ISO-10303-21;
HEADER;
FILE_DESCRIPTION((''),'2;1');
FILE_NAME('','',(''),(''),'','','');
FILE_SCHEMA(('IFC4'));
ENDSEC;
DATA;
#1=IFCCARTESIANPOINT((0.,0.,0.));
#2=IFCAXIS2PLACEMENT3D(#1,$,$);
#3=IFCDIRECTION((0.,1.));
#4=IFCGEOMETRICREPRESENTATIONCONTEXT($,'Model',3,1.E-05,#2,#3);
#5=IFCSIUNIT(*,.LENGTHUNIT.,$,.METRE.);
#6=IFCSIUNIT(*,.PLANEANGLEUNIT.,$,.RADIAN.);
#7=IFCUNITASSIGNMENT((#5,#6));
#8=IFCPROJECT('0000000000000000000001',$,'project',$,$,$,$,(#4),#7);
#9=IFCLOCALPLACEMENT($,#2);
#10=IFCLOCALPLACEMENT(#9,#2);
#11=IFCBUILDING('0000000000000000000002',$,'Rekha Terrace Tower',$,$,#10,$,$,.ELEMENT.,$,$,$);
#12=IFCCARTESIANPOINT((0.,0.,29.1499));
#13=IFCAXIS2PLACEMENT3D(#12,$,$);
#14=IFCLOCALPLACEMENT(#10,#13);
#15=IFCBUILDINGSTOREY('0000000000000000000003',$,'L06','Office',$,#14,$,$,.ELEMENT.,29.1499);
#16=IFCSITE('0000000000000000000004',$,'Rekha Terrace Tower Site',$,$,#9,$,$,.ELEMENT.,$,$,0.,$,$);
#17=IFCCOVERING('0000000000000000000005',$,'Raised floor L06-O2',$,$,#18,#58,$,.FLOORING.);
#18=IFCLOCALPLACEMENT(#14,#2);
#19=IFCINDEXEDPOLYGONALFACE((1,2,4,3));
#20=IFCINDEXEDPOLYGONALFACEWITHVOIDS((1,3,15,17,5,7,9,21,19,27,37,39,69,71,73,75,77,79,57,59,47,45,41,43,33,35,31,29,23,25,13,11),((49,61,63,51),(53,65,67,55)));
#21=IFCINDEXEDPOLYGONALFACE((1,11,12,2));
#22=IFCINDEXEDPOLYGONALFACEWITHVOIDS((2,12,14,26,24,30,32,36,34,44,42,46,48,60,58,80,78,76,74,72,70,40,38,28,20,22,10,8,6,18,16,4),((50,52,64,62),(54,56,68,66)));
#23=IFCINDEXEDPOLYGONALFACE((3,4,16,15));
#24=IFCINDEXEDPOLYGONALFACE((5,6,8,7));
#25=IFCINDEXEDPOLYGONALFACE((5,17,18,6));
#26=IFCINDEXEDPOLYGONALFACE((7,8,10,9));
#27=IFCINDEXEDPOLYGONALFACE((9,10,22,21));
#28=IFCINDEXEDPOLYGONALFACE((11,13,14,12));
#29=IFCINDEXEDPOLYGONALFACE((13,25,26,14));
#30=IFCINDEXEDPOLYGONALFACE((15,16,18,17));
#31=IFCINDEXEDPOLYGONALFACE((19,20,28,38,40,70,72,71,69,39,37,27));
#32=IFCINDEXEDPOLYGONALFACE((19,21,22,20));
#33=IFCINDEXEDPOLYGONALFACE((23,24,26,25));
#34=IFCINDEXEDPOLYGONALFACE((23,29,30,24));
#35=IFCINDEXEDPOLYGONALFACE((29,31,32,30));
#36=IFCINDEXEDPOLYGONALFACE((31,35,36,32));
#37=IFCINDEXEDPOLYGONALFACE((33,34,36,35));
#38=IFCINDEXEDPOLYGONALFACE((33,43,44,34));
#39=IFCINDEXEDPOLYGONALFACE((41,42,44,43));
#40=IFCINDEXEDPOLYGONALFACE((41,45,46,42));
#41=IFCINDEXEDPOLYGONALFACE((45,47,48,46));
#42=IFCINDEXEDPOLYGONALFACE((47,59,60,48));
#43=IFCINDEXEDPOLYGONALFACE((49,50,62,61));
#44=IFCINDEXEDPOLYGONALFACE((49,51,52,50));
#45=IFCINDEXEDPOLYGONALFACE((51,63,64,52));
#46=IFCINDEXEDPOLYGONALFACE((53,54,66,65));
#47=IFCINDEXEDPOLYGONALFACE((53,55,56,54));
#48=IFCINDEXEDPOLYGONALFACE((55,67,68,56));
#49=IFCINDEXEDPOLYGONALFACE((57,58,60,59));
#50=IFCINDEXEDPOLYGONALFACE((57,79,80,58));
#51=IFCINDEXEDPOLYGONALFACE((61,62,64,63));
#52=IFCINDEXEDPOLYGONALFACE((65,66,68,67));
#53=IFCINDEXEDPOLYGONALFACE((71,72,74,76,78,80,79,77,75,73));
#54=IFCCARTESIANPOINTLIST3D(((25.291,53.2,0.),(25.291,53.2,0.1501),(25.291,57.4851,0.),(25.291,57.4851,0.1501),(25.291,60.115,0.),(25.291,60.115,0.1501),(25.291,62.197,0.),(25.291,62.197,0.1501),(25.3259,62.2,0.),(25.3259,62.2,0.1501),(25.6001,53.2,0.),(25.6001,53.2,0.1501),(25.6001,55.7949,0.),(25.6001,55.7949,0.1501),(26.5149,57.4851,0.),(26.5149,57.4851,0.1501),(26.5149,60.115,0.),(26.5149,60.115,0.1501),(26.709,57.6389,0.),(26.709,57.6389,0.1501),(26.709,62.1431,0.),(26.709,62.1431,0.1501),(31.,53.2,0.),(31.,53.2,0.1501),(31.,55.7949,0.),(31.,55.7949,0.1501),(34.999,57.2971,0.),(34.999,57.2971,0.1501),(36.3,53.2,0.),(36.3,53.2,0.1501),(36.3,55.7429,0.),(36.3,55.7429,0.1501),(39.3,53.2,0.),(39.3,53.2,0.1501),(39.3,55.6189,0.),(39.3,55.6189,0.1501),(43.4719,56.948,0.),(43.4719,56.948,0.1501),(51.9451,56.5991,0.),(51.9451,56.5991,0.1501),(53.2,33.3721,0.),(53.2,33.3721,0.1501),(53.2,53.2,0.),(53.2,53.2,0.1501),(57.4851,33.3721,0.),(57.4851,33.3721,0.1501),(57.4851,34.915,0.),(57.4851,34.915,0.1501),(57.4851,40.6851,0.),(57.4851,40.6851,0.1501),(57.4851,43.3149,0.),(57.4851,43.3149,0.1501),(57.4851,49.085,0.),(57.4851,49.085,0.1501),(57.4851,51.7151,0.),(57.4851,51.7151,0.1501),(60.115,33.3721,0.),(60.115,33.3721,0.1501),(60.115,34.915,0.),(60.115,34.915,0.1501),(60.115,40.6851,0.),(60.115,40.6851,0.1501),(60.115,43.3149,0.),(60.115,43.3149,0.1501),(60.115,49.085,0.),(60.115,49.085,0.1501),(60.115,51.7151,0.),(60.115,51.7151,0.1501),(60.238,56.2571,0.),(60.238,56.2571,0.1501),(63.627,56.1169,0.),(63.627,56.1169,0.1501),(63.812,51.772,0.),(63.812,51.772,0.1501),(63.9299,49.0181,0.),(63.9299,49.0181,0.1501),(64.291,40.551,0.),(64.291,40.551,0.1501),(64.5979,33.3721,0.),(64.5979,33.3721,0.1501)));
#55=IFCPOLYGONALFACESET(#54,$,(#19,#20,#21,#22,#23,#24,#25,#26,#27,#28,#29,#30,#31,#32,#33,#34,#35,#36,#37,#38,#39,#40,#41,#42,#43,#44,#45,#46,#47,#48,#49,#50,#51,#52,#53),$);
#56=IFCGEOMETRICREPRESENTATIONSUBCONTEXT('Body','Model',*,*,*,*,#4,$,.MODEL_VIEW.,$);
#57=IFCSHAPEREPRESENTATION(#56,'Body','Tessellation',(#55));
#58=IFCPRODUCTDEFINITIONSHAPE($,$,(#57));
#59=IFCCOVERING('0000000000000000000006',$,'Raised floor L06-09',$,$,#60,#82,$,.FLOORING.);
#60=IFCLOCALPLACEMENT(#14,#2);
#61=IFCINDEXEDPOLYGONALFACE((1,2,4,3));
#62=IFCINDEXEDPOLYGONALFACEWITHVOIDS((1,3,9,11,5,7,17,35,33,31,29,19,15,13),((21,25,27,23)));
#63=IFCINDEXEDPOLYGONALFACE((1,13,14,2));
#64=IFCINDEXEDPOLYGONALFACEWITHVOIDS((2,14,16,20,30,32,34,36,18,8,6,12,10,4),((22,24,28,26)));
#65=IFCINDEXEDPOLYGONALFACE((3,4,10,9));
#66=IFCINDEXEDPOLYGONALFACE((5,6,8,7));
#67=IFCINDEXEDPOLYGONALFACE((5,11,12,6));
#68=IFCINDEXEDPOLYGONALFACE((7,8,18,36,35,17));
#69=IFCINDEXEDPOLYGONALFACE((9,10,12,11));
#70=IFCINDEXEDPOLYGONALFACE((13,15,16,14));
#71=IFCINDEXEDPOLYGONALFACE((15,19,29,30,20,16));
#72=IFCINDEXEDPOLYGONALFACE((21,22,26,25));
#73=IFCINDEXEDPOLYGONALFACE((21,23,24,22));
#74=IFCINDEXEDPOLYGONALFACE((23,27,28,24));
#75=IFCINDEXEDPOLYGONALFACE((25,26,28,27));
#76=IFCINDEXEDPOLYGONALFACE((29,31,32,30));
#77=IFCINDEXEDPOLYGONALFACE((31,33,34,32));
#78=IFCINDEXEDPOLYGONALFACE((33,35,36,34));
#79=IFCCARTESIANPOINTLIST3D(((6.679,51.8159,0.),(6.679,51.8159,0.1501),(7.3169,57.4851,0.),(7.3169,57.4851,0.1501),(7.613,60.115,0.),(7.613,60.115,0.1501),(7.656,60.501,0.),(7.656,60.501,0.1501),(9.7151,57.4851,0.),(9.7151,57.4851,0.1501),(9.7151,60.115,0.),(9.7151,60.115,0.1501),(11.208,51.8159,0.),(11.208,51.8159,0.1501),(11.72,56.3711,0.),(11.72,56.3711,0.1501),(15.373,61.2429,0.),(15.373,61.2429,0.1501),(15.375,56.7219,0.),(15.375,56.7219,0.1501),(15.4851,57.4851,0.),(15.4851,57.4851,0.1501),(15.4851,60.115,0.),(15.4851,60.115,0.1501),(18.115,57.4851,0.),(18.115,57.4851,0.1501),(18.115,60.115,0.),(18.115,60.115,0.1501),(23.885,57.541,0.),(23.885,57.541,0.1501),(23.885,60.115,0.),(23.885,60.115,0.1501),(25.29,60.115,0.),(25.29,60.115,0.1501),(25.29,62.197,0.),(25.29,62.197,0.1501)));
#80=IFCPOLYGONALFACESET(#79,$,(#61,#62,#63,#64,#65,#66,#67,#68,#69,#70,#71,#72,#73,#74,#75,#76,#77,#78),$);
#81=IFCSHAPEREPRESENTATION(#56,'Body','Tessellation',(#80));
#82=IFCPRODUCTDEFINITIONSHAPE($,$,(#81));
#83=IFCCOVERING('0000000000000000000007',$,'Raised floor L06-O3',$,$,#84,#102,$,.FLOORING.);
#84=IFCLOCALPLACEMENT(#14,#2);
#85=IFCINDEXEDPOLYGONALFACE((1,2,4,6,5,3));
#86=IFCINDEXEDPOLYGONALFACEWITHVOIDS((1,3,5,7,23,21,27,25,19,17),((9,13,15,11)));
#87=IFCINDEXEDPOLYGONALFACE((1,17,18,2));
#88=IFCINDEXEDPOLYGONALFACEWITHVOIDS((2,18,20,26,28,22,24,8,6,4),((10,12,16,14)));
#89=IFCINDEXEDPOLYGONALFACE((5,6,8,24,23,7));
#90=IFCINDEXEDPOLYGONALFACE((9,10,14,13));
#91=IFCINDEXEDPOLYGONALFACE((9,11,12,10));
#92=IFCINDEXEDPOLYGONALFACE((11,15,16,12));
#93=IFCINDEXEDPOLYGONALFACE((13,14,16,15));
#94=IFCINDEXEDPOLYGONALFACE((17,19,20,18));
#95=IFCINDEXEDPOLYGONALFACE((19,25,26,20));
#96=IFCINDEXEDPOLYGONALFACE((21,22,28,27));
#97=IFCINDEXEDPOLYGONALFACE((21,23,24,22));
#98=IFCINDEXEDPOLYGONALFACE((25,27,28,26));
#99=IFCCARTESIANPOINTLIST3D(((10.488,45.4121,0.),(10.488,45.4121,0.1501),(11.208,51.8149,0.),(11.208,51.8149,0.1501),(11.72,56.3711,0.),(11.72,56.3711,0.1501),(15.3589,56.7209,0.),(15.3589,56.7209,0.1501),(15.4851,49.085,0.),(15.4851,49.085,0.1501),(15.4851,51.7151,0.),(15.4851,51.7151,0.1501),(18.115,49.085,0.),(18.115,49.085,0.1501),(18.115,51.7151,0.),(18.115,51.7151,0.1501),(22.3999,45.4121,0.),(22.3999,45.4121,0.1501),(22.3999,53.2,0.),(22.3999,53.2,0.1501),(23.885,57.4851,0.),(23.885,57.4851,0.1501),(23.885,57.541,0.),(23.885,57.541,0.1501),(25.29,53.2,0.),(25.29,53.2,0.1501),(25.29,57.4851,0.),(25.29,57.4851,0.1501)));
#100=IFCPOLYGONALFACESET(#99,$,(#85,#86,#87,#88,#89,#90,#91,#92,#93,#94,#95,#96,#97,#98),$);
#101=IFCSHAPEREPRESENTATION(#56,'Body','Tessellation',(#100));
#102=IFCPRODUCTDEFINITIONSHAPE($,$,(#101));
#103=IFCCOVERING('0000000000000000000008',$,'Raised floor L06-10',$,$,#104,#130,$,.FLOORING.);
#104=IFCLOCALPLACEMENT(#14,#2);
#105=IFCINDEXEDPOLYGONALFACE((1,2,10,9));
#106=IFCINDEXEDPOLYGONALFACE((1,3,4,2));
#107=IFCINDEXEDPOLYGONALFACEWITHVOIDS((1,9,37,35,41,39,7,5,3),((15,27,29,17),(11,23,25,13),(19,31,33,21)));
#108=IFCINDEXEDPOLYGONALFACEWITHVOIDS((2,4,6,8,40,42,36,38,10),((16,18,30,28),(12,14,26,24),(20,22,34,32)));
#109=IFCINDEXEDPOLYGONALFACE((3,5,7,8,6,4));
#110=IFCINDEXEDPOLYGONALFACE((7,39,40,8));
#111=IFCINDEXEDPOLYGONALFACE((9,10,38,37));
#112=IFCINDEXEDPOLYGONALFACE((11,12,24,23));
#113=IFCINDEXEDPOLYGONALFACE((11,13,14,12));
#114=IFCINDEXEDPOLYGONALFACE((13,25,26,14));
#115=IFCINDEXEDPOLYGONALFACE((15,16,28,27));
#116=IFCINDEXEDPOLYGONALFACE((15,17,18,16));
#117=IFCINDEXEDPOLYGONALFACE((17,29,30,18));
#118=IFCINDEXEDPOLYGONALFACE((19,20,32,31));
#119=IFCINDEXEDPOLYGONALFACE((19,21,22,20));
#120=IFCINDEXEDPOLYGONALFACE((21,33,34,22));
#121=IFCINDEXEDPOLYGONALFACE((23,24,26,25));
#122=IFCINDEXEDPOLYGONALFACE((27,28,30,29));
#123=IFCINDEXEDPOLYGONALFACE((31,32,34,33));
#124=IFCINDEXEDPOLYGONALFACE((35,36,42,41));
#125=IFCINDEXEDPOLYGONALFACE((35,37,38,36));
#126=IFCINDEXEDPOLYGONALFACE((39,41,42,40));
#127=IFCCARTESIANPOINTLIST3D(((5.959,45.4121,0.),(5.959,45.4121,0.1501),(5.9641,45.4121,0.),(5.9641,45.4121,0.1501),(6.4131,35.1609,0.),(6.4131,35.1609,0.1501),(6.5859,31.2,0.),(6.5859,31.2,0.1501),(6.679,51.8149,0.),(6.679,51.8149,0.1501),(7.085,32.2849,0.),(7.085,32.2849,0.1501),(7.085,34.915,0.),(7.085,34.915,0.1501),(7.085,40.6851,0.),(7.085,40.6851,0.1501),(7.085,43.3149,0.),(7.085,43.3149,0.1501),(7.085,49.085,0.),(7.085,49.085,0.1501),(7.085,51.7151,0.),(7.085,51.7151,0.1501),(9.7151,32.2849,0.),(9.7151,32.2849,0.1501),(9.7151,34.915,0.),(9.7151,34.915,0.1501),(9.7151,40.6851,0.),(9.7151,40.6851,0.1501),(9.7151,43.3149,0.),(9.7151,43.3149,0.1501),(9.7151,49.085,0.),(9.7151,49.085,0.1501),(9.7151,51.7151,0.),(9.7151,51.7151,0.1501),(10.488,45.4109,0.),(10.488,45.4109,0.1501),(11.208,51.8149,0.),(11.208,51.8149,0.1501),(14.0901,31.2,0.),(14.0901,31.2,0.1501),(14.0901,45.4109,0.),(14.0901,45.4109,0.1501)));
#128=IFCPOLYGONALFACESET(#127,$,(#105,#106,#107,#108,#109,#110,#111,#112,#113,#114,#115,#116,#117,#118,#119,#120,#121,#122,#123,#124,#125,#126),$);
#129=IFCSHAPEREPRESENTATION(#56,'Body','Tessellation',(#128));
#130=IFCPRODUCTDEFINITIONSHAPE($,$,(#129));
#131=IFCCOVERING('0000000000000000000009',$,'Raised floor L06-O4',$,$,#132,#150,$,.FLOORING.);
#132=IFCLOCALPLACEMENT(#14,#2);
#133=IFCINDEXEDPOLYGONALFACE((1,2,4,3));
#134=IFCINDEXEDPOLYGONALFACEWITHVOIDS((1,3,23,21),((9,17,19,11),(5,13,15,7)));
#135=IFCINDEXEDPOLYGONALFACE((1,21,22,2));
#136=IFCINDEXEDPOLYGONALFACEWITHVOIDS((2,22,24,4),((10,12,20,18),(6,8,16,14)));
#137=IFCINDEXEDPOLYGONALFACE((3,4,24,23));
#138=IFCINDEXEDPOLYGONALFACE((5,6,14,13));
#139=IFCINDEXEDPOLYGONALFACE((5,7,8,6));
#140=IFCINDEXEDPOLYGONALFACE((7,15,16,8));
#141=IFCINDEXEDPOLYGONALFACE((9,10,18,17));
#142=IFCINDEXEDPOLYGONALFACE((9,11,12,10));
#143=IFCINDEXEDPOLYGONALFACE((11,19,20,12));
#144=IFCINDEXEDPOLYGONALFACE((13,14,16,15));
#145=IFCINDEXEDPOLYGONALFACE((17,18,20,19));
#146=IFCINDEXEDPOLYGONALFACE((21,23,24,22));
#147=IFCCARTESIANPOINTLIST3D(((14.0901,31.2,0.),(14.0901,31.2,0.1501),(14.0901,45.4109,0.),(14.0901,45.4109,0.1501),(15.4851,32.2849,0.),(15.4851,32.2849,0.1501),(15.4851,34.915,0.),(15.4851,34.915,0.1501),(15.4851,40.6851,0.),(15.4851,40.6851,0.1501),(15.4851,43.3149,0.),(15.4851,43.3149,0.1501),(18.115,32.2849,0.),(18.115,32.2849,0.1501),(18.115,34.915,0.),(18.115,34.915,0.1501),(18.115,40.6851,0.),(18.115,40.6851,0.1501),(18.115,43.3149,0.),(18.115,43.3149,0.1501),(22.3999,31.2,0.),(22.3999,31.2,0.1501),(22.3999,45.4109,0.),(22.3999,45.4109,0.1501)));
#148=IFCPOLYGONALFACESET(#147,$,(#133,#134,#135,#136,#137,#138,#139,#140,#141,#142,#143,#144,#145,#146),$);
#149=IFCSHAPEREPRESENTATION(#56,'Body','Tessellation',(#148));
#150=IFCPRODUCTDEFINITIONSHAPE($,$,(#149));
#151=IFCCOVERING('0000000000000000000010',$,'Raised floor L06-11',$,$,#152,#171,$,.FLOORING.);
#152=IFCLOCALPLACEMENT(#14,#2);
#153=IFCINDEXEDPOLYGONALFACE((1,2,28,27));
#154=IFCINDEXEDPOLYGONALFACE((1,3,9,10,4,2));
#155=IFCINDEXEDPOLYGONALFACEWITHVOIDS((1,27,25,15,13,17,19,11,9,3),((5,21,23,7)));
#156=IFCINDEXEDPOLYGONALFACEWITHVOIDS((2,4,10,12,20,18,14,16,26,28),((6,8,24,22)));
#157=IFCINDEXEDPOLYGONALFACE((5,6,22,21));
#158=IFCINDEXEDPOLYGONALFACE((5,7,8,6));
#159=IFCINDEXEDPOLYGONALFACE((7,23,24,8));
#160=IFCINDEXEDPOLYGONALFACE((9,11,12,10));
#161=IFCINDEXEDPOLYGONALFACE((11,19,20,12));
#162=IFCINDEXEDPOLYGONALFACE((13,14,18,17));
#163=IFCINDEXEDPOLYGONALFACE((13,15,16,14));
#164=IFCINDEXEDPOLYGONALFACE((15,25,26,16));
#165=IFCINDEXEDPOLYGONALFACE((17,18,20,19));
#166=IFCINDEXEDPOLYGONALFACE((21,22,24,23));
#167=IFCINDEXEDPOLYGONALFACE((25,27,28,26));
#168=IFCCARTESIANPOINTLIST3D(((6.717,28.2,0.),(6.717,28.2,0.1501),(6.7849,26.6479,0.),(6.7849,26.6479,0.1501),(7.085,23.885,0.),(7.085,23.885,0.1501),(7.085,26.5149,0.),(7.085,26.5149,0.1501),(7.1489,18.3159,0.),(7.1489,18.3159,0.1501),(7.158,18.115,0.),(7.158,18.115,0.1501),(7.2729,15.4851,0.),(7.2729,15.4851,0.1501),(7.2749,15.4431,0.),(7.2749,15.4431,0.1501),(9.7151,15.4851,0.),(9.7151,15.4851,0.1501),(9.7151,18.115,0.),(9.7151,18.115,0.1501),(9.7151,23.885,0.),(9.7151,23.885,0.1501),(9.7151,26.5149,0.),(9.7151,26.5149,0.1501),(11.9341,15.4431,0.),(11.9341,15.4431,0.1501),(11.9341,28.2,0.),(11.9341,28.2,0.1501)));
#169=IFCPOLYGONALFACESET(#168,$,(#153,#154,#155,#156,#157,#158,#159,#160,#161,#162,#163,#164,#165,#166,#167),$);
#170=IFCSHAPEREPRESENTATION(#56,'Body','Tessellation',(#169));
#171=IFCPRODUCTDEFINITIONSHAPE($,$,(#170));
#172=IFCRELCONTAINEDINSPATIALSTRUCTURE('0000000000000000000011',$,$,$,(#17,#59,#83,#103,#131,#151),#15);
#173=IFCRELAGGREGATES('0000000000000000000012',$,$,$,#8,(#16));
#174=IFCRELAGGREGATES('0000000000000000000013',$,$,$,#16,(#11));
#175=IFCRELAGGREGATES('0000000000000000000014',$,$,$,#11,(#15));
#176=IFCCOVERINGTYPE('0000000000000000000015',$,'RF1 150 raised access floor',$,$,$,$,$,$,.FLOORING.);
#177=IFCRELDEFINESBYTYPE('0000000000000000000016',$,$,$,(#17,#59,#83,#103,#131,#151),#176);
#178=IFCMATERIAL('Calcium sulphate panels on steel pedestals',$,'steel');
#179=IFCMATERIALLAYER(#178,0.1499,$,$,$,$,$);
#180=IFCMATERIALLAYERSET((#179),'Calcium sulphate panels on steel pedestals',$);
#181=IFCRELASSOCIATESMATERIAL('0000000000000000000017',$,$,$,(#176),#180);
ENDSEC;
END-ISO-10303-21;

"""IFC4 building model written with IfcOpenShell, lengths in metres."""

from ifc_helpers import new_model, si_unit, direction, frame, origin, place, context, subcontext, project, spatial, polyline, outline, extrude, material, layer, layer_set, type_object, element, save


model = new_model("IFC4")

# Units and contexts
model_context = context("Model", 3, precision=1e-05, world=origin(), true_north=direction((0.0, 1.0)))
body_context = subcontext(model_context, "Body", "Model", "MODEL_VIEW")
ifc_project = project(units=[si_unit("LENGTHUNIT", "METRE"), si_unit("PLANEANGLEUNIT", "RADIAN")], contexts=[model_context])

# Site, building, storey
site_placement = place(None, origin())
site = spatial("IfcSite", under=ifc_project, at=site_placement, Name="Rekha Terrace Tower Site", CompositionType="ELEMENT", RefElevation=0.0)
building_placement = place(site_placement, origin())
building = spatial("IfcBuilding", under=site, at=building_placement, Name="Rekha Terrace Tower", CompositionType="ELEMENT")
storey_placement = place(building_placement, frame((0.0, 0.0, 29.1499)))
storey = spatial("IfcBuildingStorey", under=building, at=storey_placement, Name="L06", Description="Office", CompositionType="ELEMENT", Elevation=29.1499)

# Coverings
ifc_material_1 = material(Name="Calcium sulphate panels on steel pedestals", Category="steel")
ifc_layer_1 = layer(ifc_material_1, 0.1499)
ifc_layer_set_1 = layer_set([ifc_layer_1], Name="Calcium sulphate panels on steel pedestals")
covering_type_1 = type_object("IfcCoveringType", Name="RF1 150 raised access floor", PredefinedType="FLOORING", material=ifc_layer_set_1)
covering_1_placement = place(storey_placement, origin())
element("IfcCovering", 1, at=covering_1_placement, inside=storey, type_object=covering_type_1, Name="Raised floor L06-O2", PredefinedType="FLOORING", context=body_context, shape_type="SweptSolid", body=[
    extrude(outline(polyline([(43.4719, 56.948), (34.999, 57.2971), (26.709, 57.6389), (26.709, 62.1431), (25.3259, 62.2), (25.291, 62.197), (25.291, 60.115), (26.5149, 60.115), (26.5149, 57.4851), (25.291, 57.4851), (25.291, 53.2), (25.6001, 53.2), (25.6001, 55.7949), (31.0, 55.7949), (31.0, 53.2), (36.3, 53.2), (36.3, 55.7429), (39.3, 55.6189), (39.3, 53.2), (53.2, 53.2), (53.2, 33.3721), (57.4851, 33.3721), (57.4851, 34.915), (60.115, 34.915), (60.115, 33.3721), (64.5979, 33.3721), (64.291, 40.551), (63.9299, 49.0181), (63.812, 51.772), (63.627, 56.1169), (60.238, 56.2571), (51.9451, 56.5991), (43.4719, 56.948)]), holes=[polyline([(60.115, 40.6851), (57.4851, 40.6851), (57.4851, 43.3149), (60.115, 43.3149), (60.115, 40.6851)]), polyline([(60.115, 49.085), (57.4851, 49.085), (57.4851, 51.7151), (60.115, 51.7151), (60.115, 49.085)])]), origin(), (0.0, 0.0, 1.0), 0.1501),
])
covering_2_placement = place(storey_placement, origin())
element("IfcCovering", 2, at=covering_2_placement, inside=storey, type_object=covering_type_1, Name="Raised floor L06-09", PredefinedType="FLOORING", context=body_context, shape_type="SweptSolid", body=[
    extrude(outline(polyline([(7.3169, 57.4851), (6.679, 51.8159), (11.208, 51.8159), (11.72, 56.3711), (15.375, 56.7219), (23.885, 57.541), (23.885, 60.115), (25.29, 60.115), (25.29, 62.197), (15.373, 61.2429), (7.656, 60.501), (7.613, 60.115), (9.7151, 60.115), (9.7151, 57.4851), (7.3169, 57.4851)]), holes=[polyline([(18.115, 57.4851), (15.4851, 57.4851), (15.4851, 60.115), (18.115, 60.115), (18.115, 57.4851)])]), origin(), (0.0, 0.0, 1.0), 0.1501),
])
covering_3_placement = place(storey_placement, origin())
element("IfcCovering", 3, at=covering_3_placement, inside=storey, type_object=covering_type_1, Name="Raised floor L06-O3", PredefinedType="FLOORING", context=body_context, shape_type="SweptSolid", body=[
    extrude(outline(polyline([(11.72, 56.3711), (11.208, 51.8149), (10.488, 45.4121), (22.3999, 45.4121), (22.3999, 53.2), (25.29, 53.2), (25.29, 57.4851), (23.885, 57.4851), (23.885, 57.541), (15.3589, 56.7209), (11.72, 56.3711)]), holes=[polyline([(18.115, 49.085), (15.4851, 49.085), (15.4851, 51.7151), (18.115, 51.7151), (18.115, 49.085)])]), origin(), (0.0, 0.0, 1.0), 0.1501),
])
covering_4_placement = place(storey_placement, origin())
element("IfcCovering", 4, at=covering_4_placement, inside=storey, type_object=covering_type_1, Name="Raised floor L06-10", PredefinedType="FLOORING", context=body_context, shape_type="SweptSolid", body=[
    extrude(outline(polyline([(6.679, 51.8149), (5.959, 45.4121), (5.9641, 45.4121), (6.4131, 35.1609), (6.5859, 31.2), (14.0901, 31.2), (14.0901, 45.4109), (10.488, 45.4109), (11.208, 51.8149), (6.679, 51.8149)]), holes=[polyline([(9.7151, 32.2849), (7.085, 32.2849), (7.085, 34.915), (9.7151, 34.915), (9.7151, 32.2849)]), polyline([(9.7151, 40.6851), (7.085, 40.6851), (7.085, 43.3149), (9.7151, 43.3149), (9.7151, 40.6851)]), polyline([(9.7151, 51.7151), (9.7151, 49.085), (7.085, 49.085), (7.085, 51.7151), (9.7151, 51.7151)])]), origin(), (0.0, 0.0, 1.0), 0.1501),
])
covering_5_placement = place(storey_placement, origin())
element("IfcCovering", 5, at=covering_5_placement, inside=storey, type_object=covering_type_1, Name="Raised floor L06-O4", PredefinedType="FLOORING", context=body_context, shape_type="SweptSolid", body=[
    extrude(outline(polyline([(14.0901, 45.4109), (14.0901, 31.2), (22.3999, 31.2), (22.3999, 45.4109), (14.0901, 45.4109)]), holes=[polyline([(18.115, 32.2849), (15.4851, 32.2849), (15.4851, 34.915), (18.115, 34.915), (18.115, 32.2849)]), polyline([(18.115, 40.6851), (15.4851, 40.6851), (15.4851, 43.3149), (18.115, 43.3149), (18.115, 40.6851)])]), origin(), (0.0, 0.0, 1.0), 0.1501),
])
covering_6_placement = place(storey_placement, origin())
element("IfcCovering", 6, at=covering_6_placement, inside=storey, type_object=covering_type_1, Name="Raised floor L06-11", PredefinedType="FLOORING", context=body_context, shape_type="SweptSolid", body=[
    extrude(outline(polyline([(7.2729, 15.4851), (7.2749, 15.4431), (11.9341, 15.4431), (11.9341, 28.2), (6.717, 28.2), (6.7849, 26.6479), (7.1489, 18.3159), (7.158, 18.115), (9.7151, 18.115), (9.7151, 15.4851), (7.2729, 15.4851)]), holes=[polyline([(9.7151, 23.885), (7.085, 23.885), (7.085, 26.5149), (9.7151, 26.5149), (9.7151, 23.885)])]), origin(), (0.0, 0.0, 1.0), 0.1501),
])

save(model, "model.ifc")
